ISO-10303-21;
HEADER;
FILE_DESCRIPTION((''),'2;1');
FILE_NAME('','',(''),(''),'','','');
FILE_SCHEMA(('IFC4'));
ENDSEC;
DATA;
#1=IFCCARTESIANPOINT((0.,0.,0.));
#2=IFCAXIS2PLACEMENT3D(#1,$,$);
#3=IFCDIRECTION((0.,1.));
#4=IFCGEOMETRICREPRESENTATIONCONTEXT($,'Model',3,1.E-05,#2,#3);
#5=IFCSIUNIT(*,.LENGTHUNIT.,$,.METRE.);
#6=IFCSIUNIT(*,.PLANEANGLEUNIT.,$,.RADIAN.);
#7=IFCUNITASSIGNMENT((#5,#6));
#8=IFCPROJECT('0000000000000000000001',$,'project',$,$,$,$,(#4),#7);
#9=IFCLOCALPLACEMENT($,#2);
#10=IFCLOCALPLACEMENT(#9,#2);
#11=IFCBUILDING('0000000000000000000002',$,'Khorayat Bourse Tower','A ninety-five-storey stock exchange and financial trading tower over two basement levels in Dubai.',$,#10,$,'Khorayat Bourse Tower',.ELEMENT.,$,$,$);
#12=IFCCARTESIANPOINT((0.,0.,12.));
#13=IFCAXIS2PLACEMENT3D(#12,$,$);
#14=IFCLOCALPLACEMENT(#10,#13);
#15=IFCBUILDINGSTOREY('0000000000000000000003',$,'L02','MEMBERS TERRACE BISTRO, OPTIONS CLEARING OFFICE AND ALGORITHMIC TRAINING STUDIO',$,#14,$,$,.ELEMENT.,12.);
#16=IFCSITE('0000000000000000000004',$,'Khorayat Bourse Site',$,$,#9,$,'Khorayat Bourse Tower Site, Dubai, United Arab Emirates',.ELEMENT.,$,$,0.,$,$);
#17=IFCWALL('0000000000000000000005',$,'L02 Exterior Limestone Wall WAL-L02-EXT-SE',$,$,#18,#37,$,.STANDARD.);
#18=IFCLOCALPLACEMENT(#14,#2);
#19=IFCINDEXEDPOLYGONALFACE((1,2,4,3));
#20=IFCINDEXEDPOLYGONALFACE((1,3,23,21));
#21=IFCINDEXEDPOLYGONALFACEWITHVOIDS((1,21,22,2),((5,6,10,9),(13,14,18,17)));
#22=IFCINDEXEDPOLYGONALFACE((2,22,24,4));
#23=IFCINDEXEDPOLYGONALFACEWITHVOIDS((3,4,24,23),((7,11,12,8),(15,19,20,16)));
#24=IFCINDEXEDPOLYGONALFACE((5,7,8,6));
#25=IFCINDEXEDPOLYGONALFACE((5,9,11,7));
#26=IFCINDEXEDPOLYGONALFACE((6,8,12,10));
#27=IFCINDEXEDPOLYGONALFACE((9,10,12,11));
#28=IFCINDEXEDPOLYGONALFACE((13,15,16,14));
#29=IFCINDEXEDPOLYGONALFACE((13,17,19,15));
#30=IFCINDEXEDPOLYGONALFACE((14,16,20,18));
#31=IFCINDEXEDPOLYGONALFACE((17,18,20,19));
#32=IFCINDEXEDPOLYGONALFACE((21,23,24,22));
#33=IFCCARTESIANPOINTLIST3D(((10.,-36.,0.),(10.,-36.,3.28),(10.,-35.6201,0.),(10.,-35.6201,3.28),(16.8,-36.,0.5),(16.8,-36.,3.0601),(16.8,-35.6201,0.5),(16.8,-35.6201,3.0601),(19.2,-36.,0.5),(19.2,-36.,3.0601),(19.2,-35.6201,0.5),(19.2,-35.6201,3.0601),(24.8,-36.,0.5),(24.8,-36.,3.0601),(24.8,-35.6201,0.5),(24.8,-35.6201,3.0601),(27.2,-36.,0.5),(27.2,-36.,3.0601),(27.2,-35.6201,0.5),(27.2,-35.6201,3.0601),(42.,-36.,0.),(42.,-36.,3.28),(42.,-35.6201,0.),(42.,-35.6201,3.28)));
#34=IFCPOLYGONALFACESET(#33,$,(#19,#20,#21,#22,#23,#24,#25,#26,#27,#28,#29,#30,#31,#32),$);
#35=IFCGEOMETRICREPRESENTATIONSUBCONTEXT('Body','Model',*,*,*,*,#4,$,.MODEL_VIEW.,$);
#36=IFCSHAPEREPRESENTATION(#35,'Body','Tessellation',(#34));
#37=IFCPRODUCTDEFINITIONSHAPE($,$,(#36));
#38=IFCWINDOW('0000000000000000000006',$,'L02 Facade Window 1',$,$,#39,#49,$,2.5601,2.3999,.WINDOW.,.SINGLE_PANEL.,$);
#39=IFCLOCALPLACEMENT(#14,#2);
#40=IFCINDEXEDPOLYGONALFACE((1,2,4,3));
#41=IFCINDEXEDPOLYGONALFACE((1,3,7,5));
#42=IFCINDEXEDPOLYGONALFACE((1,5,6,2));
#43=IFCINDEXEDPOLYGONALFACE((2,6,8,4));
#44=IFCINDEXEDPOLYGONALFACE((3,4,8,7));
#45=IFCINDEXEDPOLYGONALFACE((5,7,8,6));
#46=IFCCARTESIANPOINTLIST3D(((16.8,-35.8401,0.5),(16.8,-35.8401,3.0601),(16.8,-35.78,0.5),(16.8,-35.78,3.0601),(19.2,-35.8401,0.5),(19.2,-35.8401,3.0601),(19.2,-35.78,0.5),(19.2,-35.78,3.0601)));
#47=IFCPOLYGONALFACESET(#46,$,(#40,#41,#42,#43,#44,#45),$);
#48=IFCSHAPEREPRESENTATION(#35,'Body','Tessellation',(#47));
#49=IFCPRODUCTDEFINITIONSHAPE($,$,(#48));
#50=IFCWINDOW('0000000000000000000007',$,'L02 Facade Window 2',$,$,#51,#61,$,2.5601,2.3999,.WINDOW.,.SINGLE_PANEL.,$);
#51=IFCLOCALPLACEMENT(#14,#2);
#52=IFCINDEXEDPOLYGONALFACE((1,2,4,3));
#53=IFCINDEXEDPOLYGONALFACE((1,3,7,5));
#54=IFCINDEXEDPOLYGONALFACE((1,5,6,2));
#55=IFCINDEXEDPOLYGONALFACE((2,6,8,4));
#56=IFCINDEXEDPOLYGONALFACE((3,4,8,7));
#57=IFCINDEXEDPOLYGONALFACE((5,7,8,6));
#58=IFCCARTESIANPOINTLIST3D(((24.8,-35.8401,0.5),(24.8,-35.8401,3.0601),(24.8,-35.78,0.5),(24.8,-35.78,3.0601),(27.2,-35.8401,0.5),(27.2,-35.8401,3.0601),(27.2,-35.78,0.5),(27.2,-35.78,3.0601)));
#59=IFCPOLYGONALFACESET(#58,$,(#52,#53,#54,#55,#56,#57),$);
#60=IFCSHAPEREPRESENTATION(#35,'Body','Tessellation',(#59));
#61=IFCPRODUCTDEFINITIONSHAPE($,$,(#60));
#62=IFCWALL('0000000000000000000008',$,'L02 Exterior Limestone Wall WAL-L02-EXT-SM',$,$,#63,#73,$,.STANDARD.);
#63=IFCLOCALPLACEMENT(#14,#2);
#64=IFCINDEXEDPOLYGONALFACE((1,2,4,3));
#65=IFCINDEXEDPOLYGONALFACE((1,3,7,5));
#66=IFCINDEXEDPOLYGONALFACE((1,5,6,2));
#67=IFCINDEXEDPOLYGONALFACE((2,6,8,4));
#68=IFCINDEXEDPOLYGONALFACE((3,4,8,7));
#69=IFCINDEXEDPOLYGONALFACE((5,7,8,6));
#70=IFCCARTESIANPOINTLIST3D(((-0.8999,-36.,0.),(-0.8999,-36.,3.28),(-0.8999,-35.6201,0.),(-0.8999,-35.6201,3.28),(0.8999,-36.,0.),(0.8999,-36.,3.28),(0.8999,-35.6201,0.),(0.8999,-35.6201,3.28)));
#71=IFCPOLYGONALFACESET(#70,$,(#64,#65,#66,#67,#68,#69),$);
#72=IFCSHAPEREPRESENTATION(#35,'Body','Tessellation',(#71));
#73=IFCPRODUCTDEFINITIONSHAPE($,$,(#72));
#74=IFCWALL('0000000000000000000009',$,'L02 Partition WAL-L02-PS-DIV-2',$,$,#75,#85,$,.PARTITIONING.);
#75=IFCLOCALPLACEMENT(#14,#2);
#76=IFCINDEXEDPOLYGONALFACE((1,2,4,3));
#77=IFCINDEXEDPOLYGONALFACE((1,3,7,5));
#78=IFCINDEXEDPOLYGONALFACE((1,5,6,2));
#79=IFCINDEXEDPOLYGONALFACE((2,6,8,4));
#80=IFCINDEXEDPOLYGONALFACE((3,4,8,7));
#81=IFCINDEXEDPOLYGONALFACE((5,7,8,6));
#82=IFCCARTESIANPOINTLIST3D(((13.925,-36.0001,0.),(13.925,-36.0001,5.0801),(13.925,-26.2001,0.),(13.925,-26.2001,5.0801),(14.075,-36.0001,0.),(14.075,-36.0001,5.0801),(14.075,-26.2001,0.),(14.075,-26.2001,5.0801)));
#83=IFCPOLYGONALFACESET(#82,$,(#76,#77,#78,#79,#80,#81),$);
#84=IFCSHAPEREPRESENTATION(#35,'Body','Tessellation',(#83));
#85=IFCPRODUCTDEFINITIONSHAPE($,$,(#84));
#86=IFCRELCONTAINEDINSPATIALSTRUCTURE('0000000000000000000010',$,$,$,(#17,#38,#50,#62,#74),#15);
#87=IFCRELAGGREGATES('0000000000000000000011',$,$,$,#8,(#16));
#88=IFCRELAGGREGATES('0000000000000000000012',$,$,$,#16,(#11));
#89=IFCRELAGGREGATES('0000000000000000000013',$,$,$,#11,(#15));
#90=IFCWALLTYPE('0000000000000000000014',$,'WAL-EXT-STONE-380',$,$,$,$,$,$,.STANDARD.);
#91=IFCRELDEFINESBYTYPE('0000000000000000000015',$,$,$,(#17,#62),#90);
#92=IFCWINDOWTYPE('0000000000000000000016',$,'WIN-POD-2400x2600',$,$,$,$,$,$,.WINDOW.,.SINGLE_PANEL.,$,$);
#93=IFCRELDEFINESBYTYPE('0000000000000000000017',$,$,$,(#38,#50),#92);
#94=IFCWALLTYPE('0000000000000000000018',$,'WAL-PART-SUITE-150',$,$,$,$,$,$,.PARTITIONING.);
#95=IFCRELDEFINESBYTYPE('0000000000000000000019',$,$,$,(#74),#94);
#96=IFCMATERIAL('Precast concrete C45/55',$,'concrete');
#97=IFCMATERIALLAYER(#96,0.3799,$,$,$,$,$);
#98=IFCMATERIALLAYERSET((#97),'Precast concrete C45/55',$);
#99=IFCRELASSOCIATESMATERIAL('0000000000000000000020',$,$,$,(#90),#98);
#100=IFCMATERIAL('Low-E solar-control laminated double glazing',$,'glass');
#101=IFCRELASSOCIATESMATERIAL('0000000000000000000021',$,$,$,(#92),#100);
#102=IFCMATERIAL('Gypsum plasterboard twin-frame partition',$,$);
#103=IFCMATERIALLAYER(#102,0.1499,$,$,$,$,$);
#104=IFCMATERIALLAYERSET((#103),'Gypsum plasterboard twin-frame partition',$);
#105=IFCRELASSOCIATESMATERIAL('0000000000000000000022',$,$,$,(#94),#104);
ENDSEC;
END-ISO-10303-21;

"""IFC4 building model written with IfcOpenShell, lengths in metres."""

from ifc_helpers import new_model, si_unit, direction, frame, frame_2d, origin, place, context, subcontext, project, spatial, rectangle, extrude, source, transform, mapped, material, layer, layer_set, type_object, element, fill, save


model = new_model("IFC4")

# Units and contexts
model_context = context("Model", 3, precision=1e-05, world=origin(), true_north=direction((0.0, 1.0)))
body_context = subcontext(model_context, "Body", "Model", "MODEL_VIEW")
ifc_project = project(units=[si_unit("LENGTHUNIT", "METRE"), si_unit("PLANEANGLEUNIT", "RADIAN")], contexts=[model_context])

# Site, building, storey
site_placement = place(None, origin())
site = spatial("IfcSite", under=ifc_project, at=site_placement, Name="Khorayat Bourse Site", LongName="Khorayat Bourse Tower Site, Dubai, United Arab Emirates", CompositionType="ELEMENT", RefElevation=0.0)
building_placement = place(site_placement, origin())
building = spatial("IfcBuilding", under=site, at=building_placement, Name="Khorayat Bourse Tower", Description="A ninety-five-storey stock exchange and financial trading tower over two basement levels in Dubai.", LongName="Khorayat Bourse Tower", CompositionType="ELEMENT")
storey_placement = place(building_placement, frame((0.0, 0.0, 12.0)))
storey = spatial("IfcBuildingStorey", under=building, at=storey_placement, Name="L02", Description="MEMBERS TERRACE BISTRO, OPTIONS CLEARING OFFICE AND ALGORITHMIC TRAINING STUDIO", CompositionType="ELEMENT", Elevation=12.0)

# Shared definitions
ifc_material_1 = material(Name="Low-E solar-control laminated double glazing", Category="glass")

# Wall, openings, windows
ifc_material_2 = material(Name="Precast concrete C45/55", Category="concrete")
ifc_layer_1 = layer(ifc_material_2, 0.3799)
ifc_layer_set_1 = layer_set([ifc_layer_1], Name="Precast concrete C45/55")
wall_type_1 = type_object("IfcWallType", Name="WAL-EXT-STONE-380", PredefinedType="STANDARD", material=ifc_layer_set_1)
shared_shape_1 = source(origin(), body_context, "Body", "SweptSolid", [
    extrude(rectangle(XDim=32.0, YDim=0.3799, at=frame_2d((16.0, 0.0))), origin(), (0.0, 0.0, 1.0), 3.28),
])
wall_1_placement = place(storey_placement, frame((10.0, -35.8101, 0.0), z_axis=(0.0, 0.0, 1.0), x_axis=(1.0, 0.0, 0.0)))
wall_1 = element("IfcWall", 1, at=wall_1_placement, inside=storey, type_object=wall_type_1, Name="L02 Exterior Limestone Wall WAL-L02-EXT-SE", PredefinedType="STANDARD", context=body_context, shape_type="MappedRepresentation", body=[
    mapped(shared_shape_1, transform((0.0, 0.0, 0.0), scale=1.0)),
])
shared_shape_2 = source(origin(), body_context, "Body", "SweptSolid", [
    extrude(rectangle(XDim=2.3999, YDim=2.5601, at=frame_2d((1.2, 1.28))), frame((0.0, 0.2, 0.0), z_axis=(0.0, -1.0, 0.0), x_axis=(1.0, 0.0, 0.0)), (0.0, 0.0, 1.0), 0.3999),
])
opening_1_placement = place(wall_1_placement, frame((6.8, 0.0, 0.5)))
opening_1 = element("IfcOpeningElement", 2, at=opening_1_placement, cuts=wall_1, PredefinedType="OPENING", context=body_context, shape_type="MappedRepresentation", body=[
    mapped(shared_shape_2, transform((0.0, 0.0, 0.0), scale=1.0)),
])
opening_2_placement = place(wall_1_placement, frame((14.8, 0.0, 0.5)))
opening_2 = element("IfcOpeningElement", 3, at=opening_2_placement, cuts=wall_1, PredefinedType="OPENING", context=body_context, shape_type="MappedRepresentation", body=[
    mapped(shared_shape_2, transform((0.0, 0.0, 0.0), scale=1.0)),
])
window_type = type_object("IfcWindowType", Name="WIN-POD-2400x2600", PartitioningType="SINGLE_PANEL", PredefinedType="WINDOW", material=ifc_material_1)
shared_shape_3 = source(origin(), body_context, "Body", "SweptSolid", [
    extrude(rectangle(XDim=2.3999, YDim=2.5601, at=frame_2d((1.2, 1.28))), frame((0.0, 0.03, 0.0), z_axis=(0.0, -1.0, 0.0), x_axis=(1.0, 0.0, 0.0)), (0.0, 0.0, 1.0), 0.0601),
])
window_1_placement = place(opening_1_placement, origin())
window_1 = element("IfcWindow", 4, at=window_1_placement, inside=storey, type_object=window_type, Name="L02 Facade Window 1", OverallHeight=2.5601, OverallWidth=2.3999, PartitioningType="SINGLE_PANEL", PredefinedType="WINDOW", context=body_context, shape_type="MappedRepresentation", body=[
    mapped(shared_shape_3, transform((0.0, 0.0, 0.0), scale=1.0)),
])
fill(opening_1, window_1)
window_2_placement = place(opening_2_placement, origin())
window_2 = element("IfcWindow", 5, at=window_2_placement, inside=storey, type_object=window_type, Name="L02 Facade Window 2", OverallHeight=2.5601, OverallWidth=2.3999, PartitioningType="SINGLE_PANEL", PredefinedType="WINDOW", context=body_context, shape_type="MappedRepresentation", body=[
    mapped(shared_shape_3, transform((0.0, 0.0, 0.0), scale=1.0)),
])
fill(opening_2, window_2)

# Walls
shared_shape_4 = source(origin(), body_context, "Body", "SweptSolid", [
    extrude(rectangle(XDim=1.7998, YDim=0.3799, at=frame_2d((0.8999, 0.0))), origin(), (0.0, 0.0, 1.0), 3.28),
])
wall_2_placement = place(storey_placement, frame((-0.8999, -35.8101, 0.0), z_axis=(0.0, 0.0, 1.0), x_axis=(1.0, 0.0, 0.0)))
element("IfcWall", 6, at=wall_2_placement, inside=storey, type_object=wall_type_1, Name="L02 Exterior Limestone Wall WAL-L02-EXT-SM", PredefinedType="STANDARD", context=body_context, shape_type="MappedRepresentation", body=[
    mapped(shared_shape_4, transform((0.0, 0.0, 0.0), scale=1.0)),
])
ifc_material_3 = material(Name="Gypsum plasterboard twin-frame partition")
ifc_layer_2 = layer(ifc_material_3, 0.1499)
ifc_layer_set_2 = layer_set([ifc_layer_2], Name="Gypsum plasterboard twin-frame partition")
wall_type_2 = type_object("IfcWallType", Name="WAL-PART-SUITE-150", PredefinedType="PARTITIONING", material=ifc_layer_set_2)
shared_shape_5 = source(origin(), body_context, "Body", "SweptSolid", [
    extrude(rectangle(XDim=9.8, YDim=0.1499, at=frame_2d((4.8999, 0.0))), origin(), (0.0, 0.0, 1.0), 5.0801),
])
wall_3_placement = place(storey_placement, frame((14.0, -36.0, 0.0), z_axis=(0.0, 0.0, 1.0), x_axis=(0.0, 1.0, 0.0)))
element("IfcWall", 7, at=wall_3_placement, inside=storey, type_object=wall_type_2, Name="L02 Partition WAL-L02-PS-DIV-2", PredefinedType="PARTITIONING", context=body_context, shape_type="MappedRepresentation", body=[
    mapped(shared_shape_5, transform((0.0, 0.0, 0.0), scale=1.0)),
])

save(model, "model.ifc")
